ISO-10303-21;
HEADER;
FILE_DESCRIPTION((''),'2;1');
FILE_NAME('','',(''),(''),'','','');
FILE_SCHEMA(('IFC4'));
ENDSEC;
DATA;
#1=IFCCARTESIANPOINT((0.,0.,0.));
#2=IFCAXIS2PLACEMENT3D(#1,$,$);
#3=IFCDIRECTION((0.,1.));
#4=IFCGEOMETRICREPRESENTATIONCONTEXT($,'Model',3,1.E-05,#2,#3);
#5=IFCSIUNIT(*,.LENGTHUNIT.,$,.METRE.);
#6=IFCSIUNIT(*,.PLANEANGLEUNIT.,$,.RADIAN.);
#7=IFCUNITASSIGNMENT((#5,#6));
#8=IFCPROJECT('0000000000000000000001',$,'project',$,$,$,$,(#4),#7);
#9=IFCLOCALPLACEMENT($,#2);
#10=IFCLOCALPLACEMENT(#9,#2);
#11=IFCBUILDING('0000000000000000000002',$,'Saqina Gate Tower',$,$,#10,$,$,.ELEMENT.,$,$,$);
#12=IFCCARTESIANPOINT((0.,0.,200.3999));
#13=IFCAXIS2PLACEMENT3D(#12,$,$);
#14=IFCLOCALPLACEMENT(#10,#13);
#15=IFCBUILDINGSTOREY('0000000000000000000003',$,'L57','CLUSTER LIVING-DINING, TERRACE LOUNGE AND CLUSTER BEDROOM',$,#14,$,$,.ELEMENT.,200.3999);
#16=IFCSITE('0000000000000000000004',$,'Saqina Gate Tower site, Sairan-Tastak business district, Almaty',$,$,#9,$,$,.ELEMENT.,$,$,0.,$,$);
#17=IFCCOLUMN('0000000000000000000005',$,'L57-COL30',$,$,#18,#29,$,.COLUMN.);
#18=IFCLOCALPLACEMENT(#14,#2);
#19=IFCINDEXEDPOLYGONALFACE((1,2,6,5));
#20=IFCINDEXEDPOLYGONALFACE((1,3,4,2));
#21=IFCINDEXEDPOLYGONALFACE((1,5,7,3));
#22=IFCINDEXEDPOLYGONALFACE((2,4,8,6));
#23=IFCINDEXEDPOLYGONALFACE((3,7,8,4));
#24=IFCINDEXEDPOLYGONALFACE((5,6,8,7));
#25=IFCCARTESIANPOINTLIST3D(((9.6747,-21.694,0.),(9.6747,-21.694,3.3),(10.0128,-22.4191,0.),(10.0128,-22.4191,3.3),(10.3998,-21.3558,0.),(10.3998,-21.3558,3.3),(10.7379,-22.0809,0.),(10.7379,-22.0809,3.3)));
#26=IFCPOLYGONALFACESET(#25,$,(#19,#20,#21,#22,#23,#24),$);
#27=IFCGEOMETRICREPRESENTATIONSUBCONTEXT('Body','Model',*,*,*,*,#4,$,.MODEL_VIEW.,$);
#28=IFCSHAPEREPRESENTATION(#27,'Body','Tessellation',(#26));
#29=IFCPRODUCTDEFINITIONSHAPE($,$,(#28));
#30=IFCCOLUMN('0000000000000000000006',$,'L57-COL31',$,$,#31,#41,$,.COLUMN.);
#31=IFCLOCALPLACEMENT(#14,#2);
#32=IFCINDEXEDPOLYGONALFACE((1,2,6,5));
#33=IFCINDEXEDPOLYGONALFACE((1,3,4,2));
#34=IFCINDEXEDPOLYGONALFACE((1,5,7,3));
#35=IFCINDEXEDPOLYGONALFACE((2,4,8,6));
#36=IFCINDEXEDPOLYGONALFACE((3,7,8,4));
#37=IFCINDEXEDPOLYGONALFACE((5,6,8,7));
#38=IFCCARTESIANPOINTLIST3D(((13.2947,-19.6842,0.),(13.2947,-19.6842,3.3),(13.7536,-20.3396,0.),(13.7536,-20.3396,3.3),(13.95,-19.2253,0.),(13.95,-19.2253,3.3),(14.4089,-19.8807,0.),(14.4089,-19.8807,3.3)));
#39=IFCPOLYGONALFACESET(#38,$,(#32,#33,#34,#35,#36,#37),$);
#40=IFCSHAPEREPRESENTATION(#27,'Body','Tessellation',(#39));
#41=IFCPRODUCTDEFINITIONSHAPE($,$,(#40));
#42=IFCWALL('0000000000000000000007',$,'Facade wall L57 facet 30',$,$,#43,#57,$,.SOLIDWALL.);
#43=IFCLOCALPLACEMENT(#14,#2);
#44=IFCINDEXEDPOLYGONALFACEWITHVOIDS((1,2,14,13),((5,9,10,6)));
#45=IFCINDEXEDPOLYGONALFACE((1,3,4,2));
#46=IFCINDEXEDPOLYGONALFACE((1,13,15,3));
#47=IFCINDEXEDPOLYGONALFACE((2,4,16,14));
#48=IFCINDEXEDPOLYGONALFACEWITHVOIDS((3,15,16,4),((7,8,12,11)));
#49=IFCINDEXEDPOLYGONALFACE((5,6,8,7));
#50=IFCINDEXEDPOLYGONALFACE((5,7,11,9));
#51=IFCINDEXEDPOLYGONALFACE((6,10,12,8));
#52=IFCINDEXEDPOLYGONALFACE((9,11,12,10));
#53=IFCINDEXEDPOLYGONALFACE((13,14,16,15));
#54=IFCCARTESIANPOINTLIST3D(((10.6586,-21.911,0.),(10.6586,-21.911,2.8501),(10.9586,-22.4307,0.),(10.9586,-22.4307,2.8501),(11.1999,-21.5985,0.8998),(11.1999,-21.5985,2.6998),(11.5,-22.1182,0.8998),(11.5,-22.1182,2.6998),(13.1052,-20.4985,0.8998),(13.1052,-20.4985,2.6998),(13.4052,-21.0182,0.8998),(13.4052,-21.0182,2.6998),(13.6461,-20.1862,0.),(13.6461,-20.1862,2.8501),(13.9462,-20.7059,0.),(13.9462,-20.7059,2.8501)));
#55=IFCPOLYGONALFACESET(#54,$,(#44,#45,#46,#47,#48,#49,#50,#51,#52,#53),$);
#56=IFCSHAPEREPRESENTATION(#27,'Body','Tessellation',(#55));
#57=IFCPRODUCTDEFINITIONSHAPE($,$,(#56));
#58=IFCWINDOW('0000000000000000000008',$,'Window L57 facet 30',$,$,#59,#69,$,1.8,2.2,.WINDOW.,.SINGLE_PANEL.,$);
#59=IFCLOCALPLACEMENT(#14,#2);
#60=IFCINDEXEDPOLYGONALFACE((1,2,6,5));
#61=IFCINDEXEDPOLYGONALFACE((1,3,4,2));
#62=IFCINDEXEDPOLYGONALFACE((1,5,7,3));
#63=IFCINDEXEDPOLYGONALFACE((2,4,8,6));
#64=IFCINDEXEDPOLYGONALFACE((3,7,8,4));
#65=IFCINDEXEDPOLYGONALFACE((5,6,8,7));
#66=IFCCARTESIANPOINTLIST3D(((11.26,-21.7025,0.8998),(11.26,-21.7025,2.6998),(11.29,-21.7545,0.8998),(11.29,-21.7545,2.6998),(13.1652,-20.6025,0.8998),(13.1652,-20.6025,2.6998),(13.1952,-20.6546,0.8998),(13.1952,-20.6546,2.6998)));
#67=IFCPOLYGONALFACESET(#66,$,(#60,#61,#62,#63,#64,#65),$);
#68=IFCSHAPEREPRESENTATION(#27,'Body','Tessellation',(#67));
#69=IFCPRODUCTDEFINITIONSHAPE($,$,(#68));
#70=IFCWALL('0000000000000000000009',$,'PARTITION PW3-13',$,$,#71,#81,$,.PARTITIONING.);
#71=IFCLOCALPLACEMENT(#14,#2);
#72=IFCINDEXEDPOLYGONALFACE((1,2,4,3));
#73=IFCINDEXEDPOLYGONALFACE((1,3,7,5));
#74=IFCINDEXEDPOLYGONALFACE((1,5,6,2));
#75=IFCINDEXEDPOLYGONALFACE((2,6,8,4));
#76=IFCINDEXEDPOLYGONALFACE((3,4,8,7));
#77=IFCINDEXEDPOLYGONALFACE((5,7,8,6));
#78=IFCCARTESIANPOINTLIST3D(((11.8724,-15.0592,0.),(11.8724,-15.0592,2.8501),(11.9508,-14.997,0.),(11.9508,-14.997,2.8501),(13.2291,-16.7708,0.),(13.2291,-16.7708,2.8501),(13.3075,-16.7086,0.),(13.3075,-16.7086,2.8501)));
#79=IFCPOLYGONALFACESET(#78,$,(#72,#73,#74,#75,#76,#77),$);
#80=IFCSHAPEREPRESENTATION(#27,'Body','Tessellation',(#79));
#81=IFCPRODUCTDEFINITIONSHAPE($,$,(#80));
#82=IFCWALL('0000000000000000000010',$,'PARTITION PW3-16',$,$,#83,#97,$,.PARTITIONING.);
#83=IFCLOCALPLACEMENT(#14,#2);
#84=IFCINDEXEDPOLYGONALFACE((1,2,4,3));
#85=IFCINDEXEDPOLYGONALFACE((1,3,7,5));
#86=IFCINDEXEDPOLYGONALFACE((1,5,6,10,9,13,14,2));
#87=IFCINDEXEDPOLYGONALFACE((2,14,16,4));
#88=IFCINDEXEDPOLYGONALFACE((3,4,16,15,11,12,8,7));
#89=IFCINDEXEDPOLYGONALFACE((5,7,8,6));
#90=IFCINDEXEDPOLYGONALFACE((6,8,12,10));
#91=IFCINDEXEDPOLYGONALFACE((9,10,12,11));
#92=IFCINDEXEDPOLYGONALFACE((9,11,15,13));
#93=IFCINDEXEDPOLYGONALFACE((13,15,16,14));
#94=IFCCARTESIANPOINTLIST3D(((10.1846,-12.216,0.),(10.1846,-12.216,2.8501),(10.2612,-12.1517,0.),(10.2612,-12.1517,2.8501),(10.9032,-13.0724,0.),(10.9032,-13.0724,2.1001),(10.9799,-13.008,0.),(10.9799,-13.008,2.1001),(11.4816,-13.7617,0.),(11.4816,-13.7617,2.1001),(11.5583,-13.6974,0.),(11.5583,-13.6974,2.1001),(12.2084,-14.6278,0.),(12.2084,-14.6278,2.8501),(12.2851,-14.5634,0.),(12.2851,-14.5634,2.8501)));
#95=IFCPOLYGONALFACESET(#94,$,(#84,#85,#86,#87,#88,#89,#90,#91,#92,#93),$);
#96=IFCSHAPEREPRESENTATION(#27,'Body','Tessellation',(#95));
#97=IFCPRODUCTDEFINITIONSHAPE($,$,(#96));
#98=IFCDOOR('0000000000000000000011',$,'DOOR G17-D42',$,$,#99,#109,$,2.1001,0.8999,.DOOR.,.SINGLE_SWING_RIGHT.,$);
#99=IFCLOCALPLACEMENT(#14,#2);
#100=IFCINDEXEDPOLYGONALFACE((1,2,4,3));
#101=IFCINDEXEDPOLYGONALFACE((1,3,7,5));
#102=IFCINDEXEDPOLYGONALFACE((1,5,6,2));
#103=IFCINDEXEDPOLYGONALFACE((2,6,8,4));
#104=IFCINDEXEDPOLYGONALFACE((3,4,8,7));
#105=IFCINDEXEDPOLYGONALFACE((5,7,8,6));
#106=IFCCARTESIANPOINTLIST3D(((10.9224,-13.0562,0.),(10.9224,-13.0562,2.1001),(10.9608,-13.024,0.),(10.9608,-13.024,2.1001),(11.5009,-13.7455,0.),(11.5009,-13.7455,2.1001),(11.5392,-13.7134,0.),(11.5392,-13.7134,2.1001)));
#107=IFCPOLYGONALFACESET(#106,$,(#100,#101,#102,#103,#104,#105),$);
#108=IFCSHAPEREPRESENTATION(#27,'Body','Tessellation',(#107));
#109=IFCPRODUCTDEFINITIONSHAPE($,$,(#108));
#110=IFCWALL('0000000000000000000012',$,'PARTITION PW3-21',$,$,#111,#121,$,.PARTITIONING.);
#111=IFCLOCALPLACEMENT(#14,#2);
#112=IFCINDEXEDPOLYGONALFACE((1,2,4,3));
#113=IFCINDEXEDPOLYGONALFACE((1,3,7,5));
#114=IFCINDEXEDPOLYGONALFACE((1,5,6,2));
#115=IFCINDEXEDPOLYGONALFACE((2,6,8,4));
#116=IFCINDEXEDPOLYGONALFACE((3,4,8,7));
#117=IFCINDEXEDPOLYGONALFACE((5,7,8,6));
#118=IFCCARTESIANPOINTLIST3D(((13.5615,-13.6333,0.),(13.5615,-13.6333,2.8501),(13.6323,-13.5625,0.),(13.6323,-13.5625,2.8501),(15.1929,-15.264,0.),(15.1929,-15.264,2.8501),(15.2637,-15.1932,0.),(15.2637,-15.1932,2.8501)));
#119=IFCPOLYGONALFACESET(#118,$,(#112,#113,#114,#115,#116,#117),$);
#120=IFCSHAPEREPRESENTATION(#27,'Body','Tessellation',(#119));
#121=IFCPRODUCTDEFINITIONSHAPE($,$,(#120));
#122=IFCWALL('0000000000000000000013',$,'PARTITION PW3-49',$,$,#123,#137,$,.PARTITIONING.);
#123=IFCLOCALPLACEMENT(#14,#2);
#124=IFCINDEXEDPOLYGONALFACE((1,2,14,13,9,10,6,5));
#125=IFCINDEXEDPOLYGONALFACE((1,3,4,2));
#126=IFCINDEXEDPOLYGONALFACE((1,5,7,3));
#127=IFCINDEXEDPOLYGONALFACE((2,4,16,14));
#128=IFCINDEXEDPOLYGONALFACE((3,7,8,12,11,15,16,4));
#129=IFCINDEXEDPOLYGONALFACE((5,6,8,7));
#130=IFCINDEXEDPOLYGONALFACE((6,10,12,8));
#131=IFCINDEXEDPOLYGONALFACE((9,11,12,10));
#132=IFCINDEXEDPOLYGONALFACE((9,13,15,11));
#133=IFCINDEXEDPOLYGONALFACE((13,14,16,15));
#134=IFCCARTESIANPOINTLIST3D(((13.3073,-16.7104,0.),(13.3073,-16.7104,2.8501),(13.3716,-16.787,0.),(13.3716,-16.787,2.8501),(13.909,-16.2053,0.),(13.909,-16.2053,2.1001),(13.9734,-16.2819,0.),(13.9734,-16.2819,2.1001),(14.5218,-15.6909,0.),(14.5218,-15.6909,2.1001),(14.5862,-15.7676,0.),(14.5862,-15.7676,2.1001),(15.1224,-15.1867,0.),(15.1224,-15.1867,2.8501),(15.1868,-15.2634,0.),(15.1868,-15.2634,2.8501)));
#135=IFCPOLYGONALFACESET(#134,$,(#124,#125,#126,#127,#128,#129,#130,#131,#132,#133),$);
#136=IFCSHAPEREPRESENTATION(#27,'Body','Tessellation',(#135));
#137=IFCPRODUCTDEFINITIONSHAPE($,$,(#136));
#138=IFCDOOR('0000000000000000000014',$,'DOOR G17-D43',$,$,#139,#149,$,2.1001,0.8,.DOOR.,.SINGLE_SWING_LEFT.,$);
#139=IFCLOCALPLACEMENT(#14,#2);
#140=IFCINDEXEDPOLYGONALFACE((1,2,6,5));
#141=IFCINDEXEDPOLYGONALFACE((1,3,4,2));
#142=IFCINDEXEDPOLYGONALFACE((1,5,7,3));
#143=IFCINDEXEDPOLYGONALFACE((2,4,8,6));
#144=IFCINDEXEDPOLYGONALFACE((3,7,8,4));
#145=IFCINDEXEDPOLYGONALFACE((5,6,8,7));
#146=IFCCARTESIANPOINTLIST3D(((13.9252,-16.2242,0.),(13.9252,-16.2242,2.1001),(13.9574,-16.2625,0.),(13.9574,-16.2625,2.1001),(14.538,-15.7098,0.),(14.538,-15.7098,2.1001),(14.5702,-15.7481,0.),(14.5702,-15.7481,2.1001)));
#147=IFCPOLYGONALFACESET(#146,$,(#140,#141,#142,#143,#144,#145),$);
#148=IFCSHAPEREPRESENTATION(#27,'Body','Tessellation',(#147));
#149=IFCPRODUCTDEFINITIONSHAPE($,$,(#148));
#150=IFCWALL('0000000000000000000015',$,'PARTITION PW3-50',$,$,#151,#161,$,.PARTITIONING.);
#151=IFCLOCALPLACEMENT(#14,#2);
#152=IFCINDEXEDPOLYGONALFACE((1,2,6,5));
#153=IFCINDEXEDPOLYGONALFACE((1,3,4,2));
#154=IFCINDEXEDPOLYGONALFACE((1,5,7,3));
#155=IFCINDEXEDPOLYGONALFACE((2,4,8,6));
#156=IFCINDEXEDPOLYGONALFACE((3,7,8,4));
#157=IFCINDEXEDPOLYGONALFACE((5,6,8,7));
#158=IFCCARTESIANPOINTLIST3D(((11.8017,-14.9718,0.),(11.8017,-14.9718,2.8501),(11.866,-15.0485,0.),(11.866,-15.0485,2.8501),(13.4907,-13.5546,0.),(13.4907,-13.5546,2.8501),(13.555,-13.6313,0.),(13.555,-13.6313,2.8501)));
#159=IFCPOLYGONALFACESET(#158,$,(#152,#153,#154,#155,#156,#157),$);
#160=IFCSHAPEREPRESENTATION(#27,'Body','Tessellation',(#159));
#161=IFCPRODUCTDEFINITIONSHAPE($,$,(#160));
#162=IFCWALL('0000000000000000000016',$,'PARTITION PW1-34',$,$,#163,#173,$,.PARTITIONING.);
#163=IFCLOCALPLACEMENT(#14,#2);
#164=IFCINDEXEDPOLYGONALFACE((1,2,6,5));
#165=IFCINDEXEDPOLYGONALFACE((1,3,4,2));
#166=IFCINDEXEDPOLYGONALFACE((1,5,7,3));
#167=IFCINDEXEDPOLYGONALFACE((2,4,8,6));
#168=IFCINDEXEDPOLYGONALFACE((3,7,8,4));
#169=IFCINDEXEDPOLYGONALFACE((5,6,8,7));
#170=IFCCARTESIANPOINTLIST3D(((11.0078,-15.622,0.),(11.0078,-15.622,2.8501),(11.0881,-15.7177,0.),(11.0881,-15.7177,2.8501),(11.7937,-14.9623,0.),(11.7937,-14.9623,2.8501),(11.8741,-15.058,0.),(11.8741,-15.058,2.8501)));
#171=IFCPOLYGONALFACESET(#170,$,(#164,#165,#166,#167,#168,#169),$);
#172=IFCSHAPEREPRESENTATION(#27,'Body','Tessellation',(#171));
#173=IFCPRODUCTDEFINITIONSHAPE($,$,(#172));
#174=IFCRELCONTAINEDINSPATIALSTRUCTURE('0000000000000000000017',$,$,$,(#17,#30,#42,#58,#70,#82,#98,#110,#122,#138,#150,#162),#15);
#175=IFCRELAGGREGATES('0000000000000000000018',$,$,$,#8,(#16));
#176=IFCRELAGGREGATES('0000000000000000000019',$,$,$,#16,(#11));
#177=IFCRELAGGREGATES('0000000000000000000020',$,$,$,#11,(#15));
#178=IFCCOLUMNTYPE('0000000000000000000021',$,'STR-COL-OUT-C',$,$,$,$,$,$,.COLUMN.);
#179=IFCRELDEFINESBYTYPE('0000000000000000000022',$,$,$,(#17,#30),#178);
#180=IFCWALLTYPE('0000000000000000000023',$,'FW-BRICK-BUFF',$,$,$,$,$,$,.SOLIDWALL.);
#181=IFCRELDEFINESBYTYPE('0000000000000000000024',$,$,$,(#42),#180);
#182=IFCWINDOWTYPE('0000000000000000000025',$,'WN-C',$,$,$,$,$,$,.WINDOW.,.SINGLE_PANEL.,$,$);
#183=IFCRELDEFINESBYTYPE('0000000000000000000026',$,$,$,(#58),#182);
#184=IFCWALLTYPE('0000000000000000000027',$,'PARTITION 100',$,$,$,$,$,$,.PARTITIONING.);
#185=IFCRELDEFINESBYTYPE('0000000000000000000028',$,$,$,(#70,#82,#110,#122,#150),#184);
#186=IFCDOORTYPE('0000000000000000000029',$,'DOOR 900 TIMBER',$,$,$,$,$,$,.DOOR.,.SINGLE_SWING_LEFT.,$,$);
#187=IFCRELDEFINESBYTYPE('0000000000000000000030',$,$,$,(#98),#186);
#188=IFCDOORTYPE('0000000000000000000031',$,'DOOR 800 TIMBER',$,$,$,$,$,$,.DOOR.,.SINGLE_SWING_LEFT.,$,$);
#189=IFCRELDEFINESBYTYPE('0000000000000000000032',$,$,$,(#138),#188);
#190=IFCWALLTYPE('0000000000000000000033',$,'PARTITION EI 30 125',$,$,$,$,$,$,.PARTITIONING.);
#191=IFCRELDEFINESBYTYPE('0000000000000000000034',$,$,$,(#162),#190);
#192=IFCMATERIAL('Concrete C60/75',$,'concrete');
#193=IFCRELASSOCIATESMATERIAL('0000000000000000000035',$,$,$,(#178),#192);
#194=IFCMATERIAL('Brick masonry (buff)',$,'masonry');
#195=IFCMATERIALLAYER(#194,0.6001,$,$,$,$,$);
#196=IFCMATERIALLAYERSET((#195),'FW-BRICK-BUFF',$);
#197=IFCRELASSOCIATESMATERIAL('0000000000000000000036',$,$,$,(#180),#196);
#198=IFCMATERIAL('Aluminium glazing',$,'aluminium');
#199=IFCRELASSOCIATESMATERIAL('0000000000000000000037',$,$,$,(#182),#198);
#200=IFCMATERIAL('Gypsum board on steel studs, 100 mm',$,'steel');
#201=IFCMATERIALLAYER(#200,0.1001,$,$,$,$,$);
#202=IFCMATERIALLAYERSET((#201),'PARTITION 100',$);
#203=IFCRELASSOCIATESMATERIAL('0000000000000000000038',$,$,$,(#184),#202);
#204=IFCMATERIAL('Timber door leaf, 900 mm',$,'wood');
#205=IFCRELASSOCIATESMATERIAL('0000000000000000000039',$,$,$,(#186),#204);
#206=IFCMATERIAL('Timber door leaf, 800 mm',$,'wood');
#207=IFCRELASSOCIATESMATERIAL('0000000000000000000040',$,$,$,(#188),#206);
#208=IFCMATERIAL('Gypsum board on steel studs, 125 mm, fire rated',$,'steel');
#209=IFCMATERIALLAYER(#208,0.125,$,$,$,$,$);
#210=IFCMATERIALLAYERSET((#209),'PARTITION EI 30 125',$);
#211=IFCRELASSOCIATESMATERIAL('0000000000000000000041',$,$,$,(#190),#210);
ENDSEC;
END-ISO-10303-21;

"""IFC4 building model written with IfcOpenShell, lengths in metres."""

from ifc_helpers import new_model, si_unit, direction, frame, frame_2d, origin, origin_2d, place, context, subcontext, project, spatial, rectangle, extrude, material, layer, layer_set, material_profile, profile_set, type_object, element, fill, save


model = new_model("IFC4")

# Units and contexts
model_context = context("Model", 3, precision=1e-05, world=origin(), true_north=direction((0.0, 1.0)))
body_context = subcontext(model_context, "Body", "Model", "MODEL_VIEW")
ifc_project = project(units=[si_unit("LENGTHUNIT", "METRE"), si_unit("PLANEANGLEUNIT", "RADIAN")], contexts=[model_context])

# Site, building, storey
site_placement = place(None, origin())
site = spatial("IfcSite", under=ifc_project, at=site_placement, Name="Saqina Gate Tower site, Sairan-Tastak business district, Almaty", CompositionType="ELEMENT", RefElevation=0.0)
building_placement = place(site_placement, origin())
building = spatial("IfcBuilding", under=site, at=building_placement, Name="Saqina Gate Tower", CompositionType="ELEMENT")
storey_placement = place(building_placement, frame((0.0, 0.0, 200.3999)))
storey = spatial("IfcBuildingStorey", under=building, at=storey_placement, Name="L57", Description="CLUSTER LIVING-DINING, TERRACE LOUNGE AND CLUSTER BEDROOM", CompositionType="ELEMENT", Elevation=200.3999)

# Columns
ifc_material_1 = material(Name="Concrete C60/75", Category="concrete")
ifc_material_profile = material_profile(ifc_material_1, rectangle(XDim=0.8, YDim=0.8, at=origin_2d()), Name="RC 800x800")
ifc_profile_set = profile_set([ifc_material_profile], Name="Concrete C60/75")
column_type = type_object("IfcColumnType", Name="STR-COL-OUT-C", PredefinedType="COLUMN", material=ifc_profile_set)
for number, where, z_axis, x_axis, name in (
    (1, (10.2063, -21.8875, 0.0), (0.0, 0.0, 1.0), (0.422618, -0.906308, 0.0), "L57-COL30"),
    (2, (13.8518, -19.7825, 0.0), (0.0, 0.0, 1.0), (0.573576, -0.819152, 0.0), "L57-COL31"),
):
    element("IfcColumn", number, at=place(storey_placement, frame(where, z_axis=z_axis, x_axis=x_axis)), inside=storey, type_object=column_type, Name=name, PredefinedType="COLUMN", context=body_context, shape_type="SweptSolid", body=[
        extrude(rectangle(XDim=0.8, YDim=0.8, at=origin_2d()), origin(), (0.0, 0.0, 1.0), 3.3),
    ])

# Wall, opening, window
ifc_material_2 = material(Name="Brick masonry (buff)", Category="masonry")
ifc_layer_1 = layer(ifc_material_2, 0.6001)
ifc_layer_set_1 = layer_set([ifc_layer_1], Name="FW-BRICK-BUFF")
wall_type_1 = type_object("IfcWallType", Name="FW-BRICK-BUFF", PredefinedType="SOLIDWALL", material=ifc_layer_set_1)
wall_1_placement = place(storey_placement, frame((10.8086, -22.1709, 0.0), z_axis=(0.0, 0.0, 1.0), x_axis=(0.866026, 0.499998, 0.0)))
wall_1 = element("IfcWall", 3, at=wall_1_placement, inside=storey, type_object=wall_type_1, Name="Facade wall L57 facet 30", PredefinedType="SOLIDWALL", context=body_context, shape_type="SweptSolid", body=[
    extrude(rectangle(XDim=3.4497, YDim=0.6001, at=frame_2d((1.7249, 0.0))), origin(), (0.0, 0.0, 1.0), 2.8501),
])
opening_1_placement = place(wall_1_placement, frame((0.625, 0.0, 0.8999)))
opening_1 = element("IfcOpeningElement", 4, at=opening_1_placement, cuts=wall_1, PredefinedType="OPENING", context=body_context, shape_type="SweptSolid", body=[
    extrude(rectangle(XDim=2.2, YDim=1.8, at=frame_2d((1.1001, 0.8999))), frame((0.0, 0.312, 0.0), z_axis=(0.0, -1.0, 0.0), x_axis=(1.0, 0.0, 0.0)), (0.0, 0.0, 1.0), 0.624),
])
ifc_material_3 = material(Name="Aluminium glazing", Category="aluminium")
window_type = type_object("IfcWindowType", Name="WN-C", PartitioningType="SINGLE_PANEL", PredefinedType="WINDOW", material=ifc_material_3)
window_placement = place(opening_1_placement, origin())
window = element("IfcWindow", 5, at=window_placement, inside=storey, type_object=window_type, Name="Window L57 facet 30", OverallHeight=1.8, OverallWidth=2.2, PartitioningType="SINGLE_PANEL", PredefinedType="WINDOW", context=body_context, shape_type="SweptSolid", body=[
    extrude(rectangle(XDim=2.2, YDim=1.8, at=frame_2d((1.1001, 0.8999))), frame((0.0, 0.1799, 0.0), z_axis=(0.0, -1.0, 0.0), x_axis=(1.0, 0.0, 0.0)), (0.0, 0.0, 1.0), 0.0601),
])
fill(opening_1, window)

# Wall
ifc_material_4 = material(Name="Gypsum board on steel studs, 100 mm", Category="steel")
ifc_layer_2 = layer(ifc_material_4, 0.1001)
ifc_layer_set_2 = layer_set([ifc_layer_2], Name="PARTITION 100")
wall_type_2 = type_object("IfcWallType", Name="PARTITION 100", PredefinedType="PARTITIONING", material=ifc_layer_set_2)
wall_2_placement = place(storey_placement, frame((11.9116, -15.0281, 0.0), z_axis=(0.0, 0.0, 1.0), x_axis=(0.621158, -0.783685, 0.0)))
element("IfcWall", 6, at=wall_2_placement, inside=storey, type_object=wall_type_2, Name="PARTITION PW3-13", PredefinedType="PARTITIONING", context=body_context, shape_type="SweptSolid", body=[
    extrude(rectangle(XDim=2.1841, YDim=0.1001, at=frame_2d((1.092, 0.0))), origin(), (0.0, 0.0, 1.0), 2.8501),
])

# Wall, opening, door
wall_3_placement = place(storey_placement, frame((10.2229, -12.1838, 0.0), z_axis=(0.0, 0.0, 1.0), x_axis=(0.642812, -0.766024, 0.0)))
wall_3 = element("IfcWall", 7, at=wall_3_placement, inside=storey, type_object=wall_type_2, Name="PARTITION PW3-16", PredefinedType="PARTITIONING", context=body_context, shape_type="SweptSolid", body=[
    extrude(rectangle(XDim=3.1484, YDim=0.1001, at=frame_2d((1.5742, 0.0))), origin(), (0.0, 0.0, 1.0), 2.8501),
])
opening_2_placement = place(wall_3_placement, frame((1.1179, 0.0, 0.0)))
opening_2 = element("IfcOpeningElement", 8, at=opening_2_placement, cuts=wall_3, PredefinedType="OPENING", context=body_context, shape_type="SweptSolid", body=[
    extrude(rectangle(XDim=0.8999, YDim=2.1001, at=frame_2d((0.45, 1.05))), frame((0.0, 0.062, 0.0), z_axis=(0.0, -1.0, 0.0), x_axis=(1.0, 0.0, 0.0)), (0.0, 0.0, 1.0), 0.124),
])
ifc_material_5 = material(Name="Timber door leaf, 900 mm", Category="wood")
door_type_1 = type_object("IfcDoorType", Name="DOOR 900 TIMBER", OperationType="SINGLE_SWING_LEFT", PredefinedType="DOOR", material=ifc_material_5)
door_1_placement = place(opening_2_placement, frame((0.8999, 0.0, 0.0), z_axis=(0.0, 0.0, 1.0), x_axis=(-1.0, 0.0, 0.0)))
door_1 = element("IfcDoor", 9, at=door_1_placement, inside=storey, type_object=door_type_1, Name="DOOR G17-D42", OperationType="SINGLE_SWING_RIGHT", OverallHeight=2.1001, OverallWidth=0.8999, PredefinedType="DOOR", context=body_context, shape_type="SweptSolid", body=[
    extrude(rectangle(XDim=0.8999, YDim=2.1001, at=frame_2d((0.45, 1.05))), frame((0.0, 0.0249, 0.0), z_axis=(0.0, -1.0, 0.0), x_axis=(1.0, 0.0, 0.0)), (0.0, 0.0, 1.0), 0.05),
])
fill(opening_2, door_1)

# Wall
wall_4_placement = place(storey_placement, frame((13.5969, -13.5979, 0.0), z_axis=(0.0, 0.0, 1.0), x_axis=(0.707266, -0.706948, 0.0)))
element("IfcWall", 10, at=wall_4_placement, inside=storey, type_object=wall_type_2, Name="PARTITION PW3-21", PredefinedType="PARTITIONING", context=body_context, shape_type="SweptSolid", body=[
    extrude(rectangle(XDim=2.3066, YDim=0.1001, at=frame_2d((1.1533, 0.0))), origin(), (0.0, 0.0, 1.0), 2.8501),
])

# Wall, opening, door
wall_5_placement = place(storey_placement, frame((13.3394, -16.7488, 0.0), z_axis=(0.0, 0.0, 1.0), x_axis=(0.765928, 0.642926, 0.0)))
wall_5 = element("IfcWall", 11, at=wall_5_placement, inside=storey, type_object=wall_type_2, Name="PARTITION PW3-49", PredefinedType="PARTITIONING", context=body_context, shape_type="SweptSolid", body=[
    extrude(rectangle(XDim=2.3699, YDim=0.1001, at=frame_2d((1.1851, 0.0))), origin(), (0.0, 0.0, 1.0), 2.8501),
])
opening_3_placement = place(wall_5_placement, frame((0.7859, 0.0, 0.0)))
opening_3 = element("IfcOpeningElement", 12, at=opening_3_placement, cuts=wall_5, PredefinedType="OPENING", context=body_context, shape_type="SweptSolid", body=[
    extrude(rectangle(XDim=0.8, YDim=2.1001, at=frame_2d((0.3999, 1.05))), frame((0.0, 0.062, 0.0), z_axis=(0.0, -1.0, 0.0), x_axis=(1.0, 0.0, 0.0)), (0.0, 0.0, 1.0), 0.124),
])
ifc_material_6 = material(Name="Timber door leaf, 800 mm", Category="wood")
door_type_2 = type_object("IfcDoorType", Name="DOOR 800 TIMBER", OperationType="SINGLE_SWING_LEFT", PredefinedType="DOOR", material=ifc_material_6)
door_2_placement = place(opening_3_placement, frame((0.8, 0.0, 0.0), z_axis=(0.0, 0.0, 1.0), x_axis=(-1.0, 0.0, 0.0)))
door_2 = element("IfcDoor", 13, at=door_2_placement, inside=storey, type_object=door_type_2, Name="DOOR G17-D43", OperationType="SINGLE_SWING_LEFT", OverallHeight=2.1001, OverallWidth=0.8, PredefinedType="DOOR", context=body_context, shape_type="SweptSolid", body=[
    extrude(rectangle(XDim=0.8, YDim=2.1001, at=frame_2d((0.3999, 1.05))), frame((0.0, 0.0249, 0.0), z_axis=(0.0, -1.0, 0.0), x_axis=(1.0, 0.0, 0.0)), (0.0, 0.0, 1.0), 0.05),
])
fill(opening_3, door_2)

# Walls
wall_6_placement = place(storey_placement, frame((11.8337, -15.0103, 0.0), z_axis=(0.0, 0.0, 1.0), x_axis=(0.766039, 0.642795, 0.0)))
element("IfcWall", 14, at=wall_6_placement, inside=storey, type_object=wall_type_2, Name="PARTITION PW3-50", PredefinedType="PARTITIONING", context=body_context, shape_type="SweptSolid", body=[
    extrude(rectangle(XDim=2.2048, YDim=0.1001, at=frame_2d((1.1025, 0.0))), origin(), (0.0, 0.0, 1.0), 2.8501),
])
ifc_material_7 = material(Name="Gypsum board on steel studs, 125 mm, fire rated", Category="steel")
ifc_layer_3 = layer(ifc_material_7, 0.125)
ifc_layer_set_3 = layer_set([ifc_layer_3], Name="PARTITION EI 30 125")
wall_type_3 = type_object("IfcWallType", Name="PARTITION EI 30 125", PredefinedType="PARTITIONING", material=ifc_layer_set_3)
wall_7_placement = place(storey_placement, frame((11.0479, -15.6699, 0.0), z_axis=(0.0, 0.0, 1.0), x_axis=(0.765934, 0.642919, 0.0)))
element("IfcWall", 15, at=wall_7_placement, inside=storey, type_object=wall_type_3, Name="PARTITION PW1-34", PredefinedType="PARTITIONING", context=body_context, shape_type="SweptSolid", body=[
    extrude(rectangle(XDim=1.0261, YDim=0.125, at=frame_2d((0.5132, 0.0))), origin(), (0.0, 0.0, 1.0), 2.8501),
])

save(model, "model.ifc")
